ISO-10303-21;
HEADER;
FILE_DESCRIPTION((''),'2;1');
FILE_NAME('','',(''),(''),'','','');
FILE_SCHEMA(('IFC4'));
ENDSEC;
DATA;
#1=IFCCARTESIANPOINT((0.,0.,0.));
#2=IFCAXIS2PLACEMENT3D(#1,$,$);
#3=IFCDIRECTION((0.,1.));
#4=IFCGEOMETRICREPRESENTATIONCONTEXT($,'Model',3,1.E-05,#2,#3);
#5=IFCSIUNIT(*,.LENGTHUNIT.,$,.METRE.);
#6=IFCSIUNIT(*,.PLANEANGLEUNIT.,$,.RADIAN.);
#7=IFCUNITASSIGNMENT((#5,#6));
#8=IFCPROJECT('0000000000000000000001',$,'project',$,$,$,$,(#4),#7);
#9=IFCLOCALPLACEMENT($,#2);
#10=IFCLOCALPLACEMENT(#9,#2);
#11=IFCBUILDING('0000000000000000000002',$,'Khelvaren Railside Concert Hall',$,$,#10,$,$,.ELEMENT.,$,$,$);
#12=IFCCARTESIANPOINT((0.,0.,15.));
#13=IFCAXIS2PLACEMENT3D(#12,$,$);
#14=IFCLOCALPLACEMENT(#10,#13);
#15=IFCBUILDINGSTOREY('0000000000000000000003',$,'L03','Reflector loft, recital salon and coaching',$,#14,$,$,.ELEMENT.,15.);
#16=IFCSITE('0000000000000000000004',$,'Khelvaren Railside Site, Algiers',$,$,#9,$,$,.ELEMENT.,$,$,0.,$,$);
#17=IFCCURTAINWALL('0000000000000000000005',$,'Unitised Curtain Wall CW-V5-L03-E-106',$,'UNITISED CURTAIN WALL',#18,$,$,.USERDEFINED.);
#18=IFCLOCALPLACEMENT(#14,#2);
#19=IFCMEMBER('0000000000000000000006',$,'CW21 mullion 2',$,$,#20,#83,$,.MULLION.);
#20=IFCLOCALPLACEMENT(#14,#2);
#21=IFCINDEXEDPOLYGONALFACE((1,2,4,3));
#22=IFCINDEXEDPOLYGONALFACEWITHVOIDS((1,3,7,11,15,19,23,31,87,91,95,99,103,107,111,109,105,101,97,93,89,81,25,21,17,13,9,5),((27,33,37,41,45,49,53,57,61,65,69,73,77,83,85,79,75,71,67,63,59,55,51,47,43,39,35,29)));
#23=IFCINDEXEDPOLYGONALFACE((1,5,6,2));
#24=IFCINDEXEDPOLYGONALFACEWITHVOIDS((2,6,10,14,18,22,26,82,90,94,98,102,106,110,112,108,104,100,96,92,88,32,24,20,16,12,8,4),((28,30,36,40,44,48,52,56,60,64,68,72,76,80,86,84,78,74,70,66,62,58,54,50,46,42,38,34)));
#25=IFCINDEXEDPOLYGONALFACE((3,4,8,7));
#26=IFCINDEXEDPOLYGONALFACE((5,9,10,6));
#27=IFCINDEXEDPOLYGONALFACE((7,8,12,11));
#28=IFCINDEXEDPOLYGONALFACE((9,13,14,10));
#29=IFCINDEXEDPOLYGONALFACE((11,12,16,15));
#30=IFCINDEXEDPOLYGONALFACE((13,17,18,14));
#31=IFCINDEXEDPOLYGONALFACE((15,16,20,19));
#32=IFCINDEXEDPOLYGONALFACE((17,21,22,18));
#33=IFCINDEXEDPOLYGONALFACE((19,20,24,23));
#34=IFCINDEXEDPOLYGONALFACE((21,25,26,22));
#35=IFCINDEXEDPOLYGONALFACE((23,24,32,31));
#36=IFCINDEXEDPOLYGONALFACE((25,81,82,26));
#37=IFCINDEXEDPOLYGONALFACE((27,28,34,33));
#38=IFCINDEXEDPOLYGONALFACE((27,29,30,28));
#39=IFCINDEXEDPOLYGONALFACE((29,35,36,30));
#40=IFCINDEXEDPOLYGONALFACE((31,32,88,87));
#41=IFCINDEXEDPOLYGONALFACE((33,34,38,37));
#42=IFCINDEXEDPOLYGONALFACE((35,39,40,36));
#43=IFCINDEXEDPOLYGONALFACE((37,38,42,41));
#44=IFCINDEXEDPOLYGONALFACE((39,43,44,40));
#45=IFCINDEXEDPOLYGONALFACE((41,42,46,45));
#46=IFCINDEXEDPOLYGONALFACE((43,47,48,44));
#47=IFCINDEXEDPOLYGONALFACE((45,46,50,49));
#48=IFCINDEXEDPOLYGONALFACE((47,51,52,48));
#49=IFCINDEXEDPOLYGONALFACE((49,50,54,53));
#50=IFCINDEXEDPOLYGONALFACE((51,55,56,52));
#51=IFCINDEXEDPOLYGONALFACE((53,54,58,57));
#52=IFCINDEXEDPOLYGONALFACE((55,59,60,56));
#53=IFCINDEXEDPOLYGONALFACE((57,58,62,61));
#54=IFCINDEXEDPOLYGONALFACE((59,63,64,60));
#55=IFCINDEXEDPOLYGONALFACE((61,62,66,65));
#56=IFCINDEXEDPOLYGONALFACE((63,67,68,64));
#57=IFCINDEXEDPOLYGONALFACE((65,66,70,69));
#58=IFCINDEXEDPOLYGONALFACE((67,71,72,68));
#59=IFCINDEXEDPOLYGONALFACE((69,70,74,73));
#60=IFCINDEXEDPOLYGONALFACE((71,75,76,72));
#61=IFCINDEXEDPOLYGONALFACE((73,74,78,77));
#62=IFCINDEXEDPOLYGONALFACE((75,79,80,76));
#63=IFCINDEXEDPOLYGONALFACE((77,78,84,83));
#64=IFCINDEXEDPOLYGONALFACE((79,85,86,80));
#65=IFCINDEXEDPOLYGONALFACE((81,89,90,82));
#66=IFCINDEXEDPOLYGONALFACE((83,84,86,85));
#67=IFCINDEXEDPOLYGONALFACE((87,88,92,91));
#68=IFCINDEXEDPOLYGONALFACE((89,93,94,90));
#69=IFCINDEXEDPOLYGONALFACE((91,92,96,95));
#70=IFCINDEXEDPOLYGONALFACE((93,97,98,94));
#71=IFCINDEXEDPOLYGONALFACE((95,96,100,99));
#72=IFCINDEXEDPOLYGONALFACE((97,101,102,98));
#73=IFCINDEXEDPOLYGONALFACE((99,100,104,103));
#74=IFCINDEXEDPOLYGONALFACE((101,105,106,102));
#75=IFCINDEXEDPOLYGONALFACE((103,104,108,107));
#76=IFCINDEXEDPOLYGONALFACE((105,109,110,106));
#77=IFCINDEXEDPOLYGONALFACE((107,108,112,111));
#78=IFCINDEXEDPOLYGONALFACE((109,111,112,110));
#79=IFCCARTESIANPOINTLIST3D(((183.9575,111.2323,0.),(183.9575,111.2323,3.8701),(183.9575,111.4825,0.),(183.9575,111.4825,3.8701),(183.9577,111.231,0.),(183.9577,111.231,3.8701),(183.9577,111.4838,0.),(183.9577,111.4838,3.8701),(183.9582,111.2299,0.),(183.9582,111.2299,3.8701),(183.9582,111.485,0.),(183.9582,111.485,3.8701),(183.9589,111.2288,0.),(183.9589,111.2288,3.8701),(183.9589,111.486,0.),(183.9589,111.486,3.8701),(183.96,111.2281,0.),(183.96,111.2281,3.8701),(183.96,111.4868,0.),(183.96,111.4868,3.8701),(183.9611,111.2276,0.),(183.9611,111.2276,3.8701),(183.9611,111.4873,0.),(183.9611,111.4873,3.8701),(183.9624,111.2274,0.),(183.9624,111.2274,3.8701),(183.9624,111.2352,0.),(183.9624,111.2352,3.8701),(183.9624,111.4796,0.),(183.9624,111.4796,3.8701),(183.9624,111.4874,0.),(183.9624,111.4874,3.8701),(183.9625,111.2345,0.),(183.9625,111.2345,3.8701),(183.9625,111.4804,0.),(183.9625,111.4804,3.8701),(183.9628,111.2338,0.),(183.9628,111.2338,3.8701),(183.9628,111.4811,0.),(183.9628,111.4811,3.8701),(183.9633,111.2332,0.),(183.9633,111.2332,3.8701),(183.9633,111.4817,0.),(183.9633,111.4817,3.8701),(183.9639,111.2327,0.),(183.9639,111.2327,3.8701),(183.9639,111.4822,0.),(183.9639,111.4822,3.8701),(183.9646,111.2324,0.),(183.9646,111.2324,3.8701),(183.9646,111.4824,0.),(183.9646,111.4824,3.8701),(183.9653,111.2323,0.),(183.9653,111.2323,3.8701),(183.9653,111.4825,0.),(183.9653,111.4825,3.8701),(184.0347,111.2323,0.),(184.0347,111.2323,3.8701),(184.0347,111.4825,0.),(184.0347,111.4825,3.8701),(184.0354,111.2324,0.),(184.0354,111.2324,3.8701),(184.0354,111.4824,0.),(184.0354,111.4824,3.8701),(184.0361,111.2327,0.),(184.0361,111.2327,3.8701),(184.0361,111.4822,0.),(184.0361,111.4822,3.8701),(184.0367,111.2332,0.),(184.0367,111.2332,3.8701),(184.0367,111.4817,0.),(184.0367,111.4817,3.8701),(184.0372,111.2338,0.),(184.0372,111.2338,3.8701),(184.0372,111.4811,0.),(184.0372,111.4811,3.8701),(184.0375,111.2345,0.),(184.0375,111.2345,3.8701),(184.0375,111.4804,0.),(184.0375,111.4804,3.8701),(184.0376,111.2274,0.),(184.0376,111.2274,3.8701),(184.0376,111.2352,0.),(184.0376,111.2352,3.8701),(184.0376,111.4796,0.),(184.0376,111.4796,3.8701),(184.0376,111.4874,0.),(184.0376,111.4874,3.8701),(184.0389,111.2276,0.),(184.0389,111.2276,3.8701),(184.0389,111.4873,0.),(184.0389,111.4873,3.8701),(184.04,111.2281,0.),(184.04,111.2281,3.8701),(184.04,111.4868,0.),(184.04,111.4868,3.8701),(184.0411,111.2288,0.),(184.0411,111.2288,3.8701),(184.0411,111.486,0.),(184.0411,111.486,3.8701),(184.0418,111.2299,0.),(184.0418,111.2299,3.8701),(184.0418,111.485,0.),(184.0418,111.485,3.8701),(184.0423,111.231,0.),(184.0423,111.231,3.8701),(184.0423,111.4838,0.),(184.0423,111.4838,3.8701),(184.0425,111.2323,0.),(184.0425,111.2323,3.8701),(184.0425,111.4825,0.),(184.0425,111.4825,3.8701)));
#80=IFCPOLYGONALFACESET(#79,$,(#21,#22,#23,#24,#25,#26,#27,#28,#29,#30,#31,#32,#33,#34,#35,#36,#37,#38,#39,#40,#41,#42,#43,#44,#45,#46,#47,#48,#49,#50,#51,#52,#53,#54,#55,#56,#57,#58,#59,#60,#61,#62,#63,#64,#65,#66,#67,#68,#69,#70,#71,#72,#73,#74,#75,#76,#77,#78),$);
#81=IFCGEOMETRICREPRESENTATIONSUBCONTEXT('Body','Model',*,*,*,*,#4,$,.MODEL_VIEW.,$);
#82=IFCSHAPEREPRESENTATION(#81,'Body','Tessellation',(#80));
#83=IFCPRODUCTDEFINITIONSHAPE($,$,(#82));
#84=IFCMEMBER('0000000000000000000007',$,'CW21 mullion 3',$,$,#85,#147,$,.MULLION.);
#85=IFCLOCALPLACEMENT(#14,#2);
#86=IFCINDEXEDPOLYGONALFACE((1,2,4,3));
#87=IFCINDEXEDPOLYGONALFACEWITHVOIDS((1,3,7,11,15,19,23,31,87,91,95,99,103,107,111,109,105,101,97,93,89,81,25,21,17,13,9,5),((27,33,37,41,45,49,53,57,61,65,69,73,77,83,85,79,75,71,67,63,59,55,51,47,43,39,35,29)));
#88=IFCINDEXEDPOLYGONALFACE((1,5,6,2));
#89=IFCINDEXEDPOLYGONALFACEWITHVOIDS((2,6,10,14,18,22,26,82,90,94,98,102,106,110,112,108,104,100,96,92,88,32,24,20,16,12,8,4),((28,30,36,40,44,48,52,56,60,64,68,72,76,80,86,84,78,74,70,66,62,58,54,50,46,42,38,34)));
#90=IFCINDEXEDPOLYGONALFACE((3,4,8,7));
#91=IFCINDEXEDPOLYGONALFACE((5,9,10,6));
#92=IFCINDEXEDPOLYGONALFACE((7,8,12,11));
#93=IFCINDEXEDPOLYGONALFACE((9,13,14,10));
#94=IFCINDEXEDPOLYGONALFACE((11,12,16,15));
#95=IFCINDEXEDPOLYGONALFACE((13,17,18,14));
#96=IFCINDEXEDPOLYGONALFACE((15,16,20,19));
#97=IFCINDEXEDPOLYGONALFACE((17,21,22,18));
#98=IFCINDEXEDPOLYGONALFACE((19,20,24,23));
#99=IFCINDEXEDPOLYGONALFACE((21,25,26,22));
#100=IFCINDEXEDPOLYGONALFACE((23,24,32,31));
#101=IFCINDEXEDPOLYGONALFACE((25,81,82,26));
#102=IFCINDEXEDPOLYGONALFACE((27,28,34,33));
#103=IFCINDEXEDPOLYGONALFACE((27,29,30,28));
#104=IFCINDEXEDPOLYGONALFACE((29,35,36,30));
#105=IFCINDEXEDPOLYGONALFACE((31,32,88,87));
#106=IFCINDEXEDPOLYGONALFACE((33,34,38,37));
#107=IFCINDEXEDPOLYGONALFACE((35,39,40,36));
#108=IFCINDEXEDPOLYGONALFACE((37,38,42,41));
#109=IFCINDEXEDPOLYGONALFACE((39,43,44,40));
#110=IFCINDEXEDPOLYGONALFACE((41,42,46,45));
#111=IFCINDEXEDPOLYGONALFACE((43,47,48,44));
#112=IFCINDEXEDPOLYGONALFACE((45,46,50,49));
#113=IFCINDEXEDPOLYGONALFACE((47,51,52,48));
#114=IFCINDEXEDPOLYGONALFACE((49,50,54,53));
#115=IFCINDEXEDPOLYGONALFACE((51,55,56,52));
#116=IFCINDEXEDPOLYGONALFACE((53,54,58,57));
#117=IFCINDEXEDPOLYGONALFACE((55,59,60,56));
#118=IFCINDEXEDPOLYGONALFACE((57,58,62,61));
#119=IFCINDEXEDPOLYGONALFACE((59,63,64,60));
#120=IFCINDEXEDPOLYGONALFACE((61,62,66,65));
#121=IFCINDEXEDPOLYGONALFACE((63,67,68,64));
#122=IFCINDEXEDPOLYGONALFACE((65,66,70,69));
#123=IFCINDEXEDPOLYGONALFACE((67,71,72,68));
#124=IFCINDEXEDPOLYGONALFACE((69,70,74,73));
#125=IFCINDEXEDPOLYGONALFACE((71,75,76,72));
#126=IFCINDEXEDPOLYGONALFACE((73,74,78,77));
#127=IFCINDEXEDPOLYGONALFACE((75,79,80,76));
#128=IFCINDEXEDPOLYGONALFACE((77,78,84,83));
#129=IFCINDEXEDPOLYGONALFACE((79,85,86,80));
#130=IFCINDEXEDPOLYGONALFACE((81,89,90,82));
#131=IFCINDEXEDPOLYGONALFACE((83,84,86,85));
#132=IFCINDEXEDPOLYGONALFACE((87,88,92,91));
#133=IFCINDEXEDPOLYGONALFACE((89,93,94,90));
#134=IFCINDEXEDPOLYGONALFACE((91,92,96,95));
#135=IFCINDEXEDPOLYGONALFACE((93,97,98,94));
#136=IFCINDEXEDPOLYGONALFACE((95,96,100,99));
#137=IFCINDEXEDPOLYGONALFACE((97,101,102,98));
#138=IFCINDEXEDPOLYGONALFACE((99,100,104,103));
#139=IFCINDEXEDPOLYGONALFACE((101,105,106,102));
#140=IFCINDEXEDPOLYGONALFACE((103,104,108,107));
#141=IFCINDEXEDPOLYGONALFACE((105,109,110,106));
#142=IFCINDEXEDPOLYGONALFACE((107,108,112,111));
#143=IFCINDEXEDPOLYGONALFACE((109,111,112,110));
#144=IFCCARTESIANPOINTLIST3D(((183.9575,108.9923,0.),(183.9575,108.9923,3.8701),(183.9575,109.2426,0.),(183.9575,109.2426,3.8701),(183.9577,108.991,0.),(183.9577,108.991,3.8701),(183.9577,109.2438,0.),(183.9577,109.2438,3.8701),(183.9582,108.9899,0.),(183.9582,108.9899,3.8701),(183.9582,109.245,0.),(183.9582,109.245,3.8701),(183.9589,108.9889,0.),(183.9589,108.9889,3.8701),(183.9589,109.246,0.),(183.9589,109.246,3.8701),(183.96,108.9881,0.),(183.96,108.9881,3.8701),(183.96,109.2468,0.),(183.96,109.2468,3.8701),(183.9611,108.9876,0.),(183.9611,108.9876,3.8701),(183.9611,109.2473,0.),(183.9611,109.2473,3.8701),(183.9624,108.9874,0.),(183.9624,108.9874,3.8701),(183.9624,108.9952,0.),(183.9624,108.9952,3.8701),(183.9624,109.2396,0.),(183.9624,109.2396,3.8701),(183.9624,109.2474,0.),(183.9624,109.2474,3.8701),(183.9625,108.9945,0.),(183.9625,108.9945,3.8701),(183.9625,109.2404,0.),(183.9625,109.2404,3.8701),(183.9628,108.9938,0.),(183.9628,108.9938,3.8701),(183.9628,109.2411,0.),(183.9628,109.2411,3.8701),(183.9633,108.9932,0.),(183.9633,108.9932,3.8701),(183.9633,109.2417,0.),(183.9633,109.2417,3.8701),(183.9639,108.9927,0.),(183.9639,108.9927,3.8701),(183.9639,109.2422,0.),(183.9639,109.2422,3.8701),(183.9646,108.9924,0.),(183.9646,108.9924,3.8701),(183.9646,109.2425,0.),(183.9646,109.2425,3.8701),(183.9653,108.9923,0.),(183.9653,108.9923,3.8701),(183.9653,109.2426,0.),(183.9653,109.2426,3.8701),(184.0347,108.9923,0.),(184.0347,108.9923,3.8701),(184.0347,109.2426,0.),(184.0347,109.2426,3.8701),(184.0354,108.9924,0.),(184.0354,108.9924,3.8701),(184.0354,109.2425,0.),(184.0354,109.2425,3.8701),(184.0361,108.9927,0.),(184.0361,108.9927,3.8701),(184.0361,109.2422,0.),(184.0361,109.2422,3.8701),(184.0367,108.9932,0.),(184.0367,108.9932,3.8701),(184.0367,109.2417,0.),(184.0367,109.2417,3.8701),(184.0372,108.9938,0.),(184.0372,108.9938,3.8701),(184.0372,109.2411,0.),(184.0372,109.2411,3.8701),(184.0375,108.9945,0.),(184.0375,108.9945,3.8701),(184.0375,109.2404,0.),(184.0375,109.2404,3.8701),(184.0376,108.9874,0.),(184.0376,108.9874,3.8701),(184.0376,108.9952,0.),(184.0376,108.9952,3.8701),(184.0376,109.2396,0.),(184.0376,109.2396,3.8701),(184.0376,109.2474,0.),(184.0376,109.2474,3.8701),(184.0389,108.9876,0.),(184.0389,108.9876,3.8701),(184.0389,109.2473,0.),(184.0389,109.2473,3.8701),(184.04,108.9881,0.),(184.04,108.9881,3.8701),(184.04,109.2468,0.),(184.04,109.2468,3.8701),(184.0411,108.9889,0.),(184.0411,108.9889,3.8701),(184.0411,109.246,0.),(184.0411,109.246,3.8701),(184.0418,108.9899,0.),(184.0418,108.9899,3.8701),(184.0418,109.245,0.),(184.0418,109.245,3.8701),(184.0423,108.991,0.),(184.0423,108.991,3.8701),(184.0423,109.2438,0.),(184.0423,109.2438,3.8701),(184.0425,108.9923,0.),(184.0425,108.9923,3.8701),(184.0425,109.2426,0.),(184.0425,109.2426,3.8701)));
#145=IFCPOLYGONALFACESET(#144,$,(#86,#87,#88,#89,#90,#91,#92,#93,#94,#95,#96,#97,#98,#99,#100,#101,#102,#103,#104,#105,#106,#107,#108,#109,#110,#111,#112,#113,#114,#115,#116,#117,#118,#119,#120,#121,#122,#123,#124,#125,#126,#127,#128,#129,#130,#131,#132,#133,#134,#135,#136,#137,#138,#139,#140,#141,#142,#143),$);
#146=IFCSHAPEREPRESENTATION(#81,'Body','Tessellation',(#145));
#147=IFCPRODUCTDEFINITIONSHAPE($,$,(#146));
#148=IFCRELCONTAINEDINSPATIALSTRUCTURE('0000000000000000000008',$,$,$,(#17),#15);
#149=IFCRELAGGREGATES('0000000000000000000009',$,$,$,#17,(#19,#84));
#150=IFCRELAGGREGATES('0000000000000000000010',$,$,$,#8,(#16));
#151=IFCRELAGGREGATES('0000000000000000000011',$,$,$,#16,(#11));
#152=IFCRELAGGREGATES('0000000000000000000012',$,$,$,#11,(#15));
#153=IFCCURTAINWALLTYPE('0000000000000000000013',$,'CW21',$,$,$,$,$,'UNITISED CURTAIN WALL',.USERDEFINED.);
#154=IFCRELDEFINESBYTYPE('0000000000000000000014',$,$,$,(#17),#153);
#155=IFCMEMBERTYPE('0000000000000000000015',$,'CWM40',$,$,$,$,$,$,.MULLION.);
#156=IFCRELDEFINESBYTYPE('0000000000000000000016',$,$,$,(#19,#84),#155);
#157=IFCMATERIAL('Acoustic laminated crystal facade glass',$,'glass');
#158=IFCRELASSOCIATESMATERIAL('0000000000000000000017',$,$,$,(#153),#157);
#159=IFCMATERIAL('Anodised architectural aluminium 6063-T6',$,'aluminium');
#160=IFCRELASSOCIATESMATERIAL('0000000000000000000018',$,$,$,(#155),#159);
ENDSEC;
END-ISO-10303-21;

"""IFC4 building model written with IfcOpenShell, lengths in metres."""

from ifc_helpers import new_model, si_unit, direction, frame, origin, origin_2d, place, context, subcontext, project, spatial, hollow_rectangle, extrude, material, material_profile, profile_set, type_object, element, aggregate, save


model = new_model("IFC4")

# Units and contexts
model_context = context("Model", 3, precision=1e-05, world=origin(), true_north=direction((0.0, 1.0)))
body_context = subcontext(model_context, "Body", "Model", "MODEL_VIEW")
ifc_project = project(units=[si_unit("LENGTHUNIT", "METRE"), si_unit("PLANEANGLEUNIT", "RADIAN")], contexts=[model_context])

# Site, building, storey
site_placement = place(None, origin())
site = spatial("IfcSite", under=ifc_project, at=site_placement, Name="Khelvaren Railside Site, Algiers", CompositionType="ELEMENT", RefElevation=0.0)
building_placement = place(site_placement, origin())
building = spatial("IfcBuilding", under=site, at=building_placement, Name="Khelvaren Railside Concert Hall", CompositionType="ELEMENT")
storey_placement = place(building_placement, frame((0.0, 0.0, 15.0)))
storey = spatial("IfcBuildingStorey", under=building, at=storey_placement, Name="L03", Description="Reflector loft, recital salon and coaching", CompositionType="ELEMENT", Elevation=15.0)

# Curtain wall, members
ifc_material_1 = material(Name="Acoustic laminated crystal facade glass", Category="glass")
curtain_wall_type = type_object("IfcCurtainWallType", Name="CW21", ElementType="UNITISED CURTAIN WALL", PredefinedType="USERDEFINED", material=ifc_material_1)
curtain_wall_placement = place(storey_placement, origin())
curtain_wall = element("IfcCurtainWall", 1, at=curtain_wall_placement, inside=storey, type_object=curtain_wall_type, Name="Unitised Curtain Wall CW-V5-L03-E-106", ObjectType="UNITISED CURTAIN WALL", PredefinedType="USERDEFINED")
ifc_material_2 = material(Name="Anodised architectural aluminium 6063-T6", Category="aluminium")
ifc_material_profile_1 = material_profile(ifc_material_2, hollow_rectangle(XDim=0.085, YDim=0.26, WallThickness=0.0049, InnerFilletRadius=0.0029, OuterFilletRadius=0.0049, at=origin_2d()), Name="CWM 85x260x5")
ifc_profile_set_1 = profile_set([ifc_material_profile_1], Name="Anodised architectural aluminium 6063-T6")
member_type_1 = type_object("IfcMemberType", Name="CWM40", PredefinedType="MULLION", material=ifc_profile_set_1)
member_1_placement = place(storey_placement, frame((184.0, 111.3574, 0.0), z_axis=(0.0, 0.0, 1.0), x_axis=(1.0, 0.0, 0.0)))
member_1 = element("IfcMember", 2, at=member_1_placement, type_object=member_type_1, Name="CW21 mullion 2", PredefinedType="MULLION", context=body_context, shape_type="SweptSolid", body=[
    extrude(hollow_rectangle(XDim=0.085, YDim=0.26, WallThickness=0.0049, InnerFilletRadius=0.0029, OuterFilletRadius=0.0049, at=origin_2d()), origin(), (0.0, 0.0, 1.0), 3.8701),
])
member_2_placement = place(storey_placement, frame((184.0, 109.1174, 0.0), z_axis=(0.0, 0.0, 1.0), x_axis=(1.0, 0.0, 0.0)))
member_2 = element("IfcMember", 3, at=member_2_placement, type_object=member_type_1, Name="CW21 mullion 3", PredefinedType="MULLION", context=body_context, shape_type="SweptSolid", body=[
    extrude(hollow_rectangle(XDim=0.085, YDim=0.26, WallThickness=0.0049, InnerFilletRadius=0.0029, OuterFilletRadius=0.0049, at=origin_2d()), origin(), (0.0, 0.0, 1.0), 3.8701),
])

aggregate(curtain_wall, [member_1, member_2])

save(model, "model.ifc")
